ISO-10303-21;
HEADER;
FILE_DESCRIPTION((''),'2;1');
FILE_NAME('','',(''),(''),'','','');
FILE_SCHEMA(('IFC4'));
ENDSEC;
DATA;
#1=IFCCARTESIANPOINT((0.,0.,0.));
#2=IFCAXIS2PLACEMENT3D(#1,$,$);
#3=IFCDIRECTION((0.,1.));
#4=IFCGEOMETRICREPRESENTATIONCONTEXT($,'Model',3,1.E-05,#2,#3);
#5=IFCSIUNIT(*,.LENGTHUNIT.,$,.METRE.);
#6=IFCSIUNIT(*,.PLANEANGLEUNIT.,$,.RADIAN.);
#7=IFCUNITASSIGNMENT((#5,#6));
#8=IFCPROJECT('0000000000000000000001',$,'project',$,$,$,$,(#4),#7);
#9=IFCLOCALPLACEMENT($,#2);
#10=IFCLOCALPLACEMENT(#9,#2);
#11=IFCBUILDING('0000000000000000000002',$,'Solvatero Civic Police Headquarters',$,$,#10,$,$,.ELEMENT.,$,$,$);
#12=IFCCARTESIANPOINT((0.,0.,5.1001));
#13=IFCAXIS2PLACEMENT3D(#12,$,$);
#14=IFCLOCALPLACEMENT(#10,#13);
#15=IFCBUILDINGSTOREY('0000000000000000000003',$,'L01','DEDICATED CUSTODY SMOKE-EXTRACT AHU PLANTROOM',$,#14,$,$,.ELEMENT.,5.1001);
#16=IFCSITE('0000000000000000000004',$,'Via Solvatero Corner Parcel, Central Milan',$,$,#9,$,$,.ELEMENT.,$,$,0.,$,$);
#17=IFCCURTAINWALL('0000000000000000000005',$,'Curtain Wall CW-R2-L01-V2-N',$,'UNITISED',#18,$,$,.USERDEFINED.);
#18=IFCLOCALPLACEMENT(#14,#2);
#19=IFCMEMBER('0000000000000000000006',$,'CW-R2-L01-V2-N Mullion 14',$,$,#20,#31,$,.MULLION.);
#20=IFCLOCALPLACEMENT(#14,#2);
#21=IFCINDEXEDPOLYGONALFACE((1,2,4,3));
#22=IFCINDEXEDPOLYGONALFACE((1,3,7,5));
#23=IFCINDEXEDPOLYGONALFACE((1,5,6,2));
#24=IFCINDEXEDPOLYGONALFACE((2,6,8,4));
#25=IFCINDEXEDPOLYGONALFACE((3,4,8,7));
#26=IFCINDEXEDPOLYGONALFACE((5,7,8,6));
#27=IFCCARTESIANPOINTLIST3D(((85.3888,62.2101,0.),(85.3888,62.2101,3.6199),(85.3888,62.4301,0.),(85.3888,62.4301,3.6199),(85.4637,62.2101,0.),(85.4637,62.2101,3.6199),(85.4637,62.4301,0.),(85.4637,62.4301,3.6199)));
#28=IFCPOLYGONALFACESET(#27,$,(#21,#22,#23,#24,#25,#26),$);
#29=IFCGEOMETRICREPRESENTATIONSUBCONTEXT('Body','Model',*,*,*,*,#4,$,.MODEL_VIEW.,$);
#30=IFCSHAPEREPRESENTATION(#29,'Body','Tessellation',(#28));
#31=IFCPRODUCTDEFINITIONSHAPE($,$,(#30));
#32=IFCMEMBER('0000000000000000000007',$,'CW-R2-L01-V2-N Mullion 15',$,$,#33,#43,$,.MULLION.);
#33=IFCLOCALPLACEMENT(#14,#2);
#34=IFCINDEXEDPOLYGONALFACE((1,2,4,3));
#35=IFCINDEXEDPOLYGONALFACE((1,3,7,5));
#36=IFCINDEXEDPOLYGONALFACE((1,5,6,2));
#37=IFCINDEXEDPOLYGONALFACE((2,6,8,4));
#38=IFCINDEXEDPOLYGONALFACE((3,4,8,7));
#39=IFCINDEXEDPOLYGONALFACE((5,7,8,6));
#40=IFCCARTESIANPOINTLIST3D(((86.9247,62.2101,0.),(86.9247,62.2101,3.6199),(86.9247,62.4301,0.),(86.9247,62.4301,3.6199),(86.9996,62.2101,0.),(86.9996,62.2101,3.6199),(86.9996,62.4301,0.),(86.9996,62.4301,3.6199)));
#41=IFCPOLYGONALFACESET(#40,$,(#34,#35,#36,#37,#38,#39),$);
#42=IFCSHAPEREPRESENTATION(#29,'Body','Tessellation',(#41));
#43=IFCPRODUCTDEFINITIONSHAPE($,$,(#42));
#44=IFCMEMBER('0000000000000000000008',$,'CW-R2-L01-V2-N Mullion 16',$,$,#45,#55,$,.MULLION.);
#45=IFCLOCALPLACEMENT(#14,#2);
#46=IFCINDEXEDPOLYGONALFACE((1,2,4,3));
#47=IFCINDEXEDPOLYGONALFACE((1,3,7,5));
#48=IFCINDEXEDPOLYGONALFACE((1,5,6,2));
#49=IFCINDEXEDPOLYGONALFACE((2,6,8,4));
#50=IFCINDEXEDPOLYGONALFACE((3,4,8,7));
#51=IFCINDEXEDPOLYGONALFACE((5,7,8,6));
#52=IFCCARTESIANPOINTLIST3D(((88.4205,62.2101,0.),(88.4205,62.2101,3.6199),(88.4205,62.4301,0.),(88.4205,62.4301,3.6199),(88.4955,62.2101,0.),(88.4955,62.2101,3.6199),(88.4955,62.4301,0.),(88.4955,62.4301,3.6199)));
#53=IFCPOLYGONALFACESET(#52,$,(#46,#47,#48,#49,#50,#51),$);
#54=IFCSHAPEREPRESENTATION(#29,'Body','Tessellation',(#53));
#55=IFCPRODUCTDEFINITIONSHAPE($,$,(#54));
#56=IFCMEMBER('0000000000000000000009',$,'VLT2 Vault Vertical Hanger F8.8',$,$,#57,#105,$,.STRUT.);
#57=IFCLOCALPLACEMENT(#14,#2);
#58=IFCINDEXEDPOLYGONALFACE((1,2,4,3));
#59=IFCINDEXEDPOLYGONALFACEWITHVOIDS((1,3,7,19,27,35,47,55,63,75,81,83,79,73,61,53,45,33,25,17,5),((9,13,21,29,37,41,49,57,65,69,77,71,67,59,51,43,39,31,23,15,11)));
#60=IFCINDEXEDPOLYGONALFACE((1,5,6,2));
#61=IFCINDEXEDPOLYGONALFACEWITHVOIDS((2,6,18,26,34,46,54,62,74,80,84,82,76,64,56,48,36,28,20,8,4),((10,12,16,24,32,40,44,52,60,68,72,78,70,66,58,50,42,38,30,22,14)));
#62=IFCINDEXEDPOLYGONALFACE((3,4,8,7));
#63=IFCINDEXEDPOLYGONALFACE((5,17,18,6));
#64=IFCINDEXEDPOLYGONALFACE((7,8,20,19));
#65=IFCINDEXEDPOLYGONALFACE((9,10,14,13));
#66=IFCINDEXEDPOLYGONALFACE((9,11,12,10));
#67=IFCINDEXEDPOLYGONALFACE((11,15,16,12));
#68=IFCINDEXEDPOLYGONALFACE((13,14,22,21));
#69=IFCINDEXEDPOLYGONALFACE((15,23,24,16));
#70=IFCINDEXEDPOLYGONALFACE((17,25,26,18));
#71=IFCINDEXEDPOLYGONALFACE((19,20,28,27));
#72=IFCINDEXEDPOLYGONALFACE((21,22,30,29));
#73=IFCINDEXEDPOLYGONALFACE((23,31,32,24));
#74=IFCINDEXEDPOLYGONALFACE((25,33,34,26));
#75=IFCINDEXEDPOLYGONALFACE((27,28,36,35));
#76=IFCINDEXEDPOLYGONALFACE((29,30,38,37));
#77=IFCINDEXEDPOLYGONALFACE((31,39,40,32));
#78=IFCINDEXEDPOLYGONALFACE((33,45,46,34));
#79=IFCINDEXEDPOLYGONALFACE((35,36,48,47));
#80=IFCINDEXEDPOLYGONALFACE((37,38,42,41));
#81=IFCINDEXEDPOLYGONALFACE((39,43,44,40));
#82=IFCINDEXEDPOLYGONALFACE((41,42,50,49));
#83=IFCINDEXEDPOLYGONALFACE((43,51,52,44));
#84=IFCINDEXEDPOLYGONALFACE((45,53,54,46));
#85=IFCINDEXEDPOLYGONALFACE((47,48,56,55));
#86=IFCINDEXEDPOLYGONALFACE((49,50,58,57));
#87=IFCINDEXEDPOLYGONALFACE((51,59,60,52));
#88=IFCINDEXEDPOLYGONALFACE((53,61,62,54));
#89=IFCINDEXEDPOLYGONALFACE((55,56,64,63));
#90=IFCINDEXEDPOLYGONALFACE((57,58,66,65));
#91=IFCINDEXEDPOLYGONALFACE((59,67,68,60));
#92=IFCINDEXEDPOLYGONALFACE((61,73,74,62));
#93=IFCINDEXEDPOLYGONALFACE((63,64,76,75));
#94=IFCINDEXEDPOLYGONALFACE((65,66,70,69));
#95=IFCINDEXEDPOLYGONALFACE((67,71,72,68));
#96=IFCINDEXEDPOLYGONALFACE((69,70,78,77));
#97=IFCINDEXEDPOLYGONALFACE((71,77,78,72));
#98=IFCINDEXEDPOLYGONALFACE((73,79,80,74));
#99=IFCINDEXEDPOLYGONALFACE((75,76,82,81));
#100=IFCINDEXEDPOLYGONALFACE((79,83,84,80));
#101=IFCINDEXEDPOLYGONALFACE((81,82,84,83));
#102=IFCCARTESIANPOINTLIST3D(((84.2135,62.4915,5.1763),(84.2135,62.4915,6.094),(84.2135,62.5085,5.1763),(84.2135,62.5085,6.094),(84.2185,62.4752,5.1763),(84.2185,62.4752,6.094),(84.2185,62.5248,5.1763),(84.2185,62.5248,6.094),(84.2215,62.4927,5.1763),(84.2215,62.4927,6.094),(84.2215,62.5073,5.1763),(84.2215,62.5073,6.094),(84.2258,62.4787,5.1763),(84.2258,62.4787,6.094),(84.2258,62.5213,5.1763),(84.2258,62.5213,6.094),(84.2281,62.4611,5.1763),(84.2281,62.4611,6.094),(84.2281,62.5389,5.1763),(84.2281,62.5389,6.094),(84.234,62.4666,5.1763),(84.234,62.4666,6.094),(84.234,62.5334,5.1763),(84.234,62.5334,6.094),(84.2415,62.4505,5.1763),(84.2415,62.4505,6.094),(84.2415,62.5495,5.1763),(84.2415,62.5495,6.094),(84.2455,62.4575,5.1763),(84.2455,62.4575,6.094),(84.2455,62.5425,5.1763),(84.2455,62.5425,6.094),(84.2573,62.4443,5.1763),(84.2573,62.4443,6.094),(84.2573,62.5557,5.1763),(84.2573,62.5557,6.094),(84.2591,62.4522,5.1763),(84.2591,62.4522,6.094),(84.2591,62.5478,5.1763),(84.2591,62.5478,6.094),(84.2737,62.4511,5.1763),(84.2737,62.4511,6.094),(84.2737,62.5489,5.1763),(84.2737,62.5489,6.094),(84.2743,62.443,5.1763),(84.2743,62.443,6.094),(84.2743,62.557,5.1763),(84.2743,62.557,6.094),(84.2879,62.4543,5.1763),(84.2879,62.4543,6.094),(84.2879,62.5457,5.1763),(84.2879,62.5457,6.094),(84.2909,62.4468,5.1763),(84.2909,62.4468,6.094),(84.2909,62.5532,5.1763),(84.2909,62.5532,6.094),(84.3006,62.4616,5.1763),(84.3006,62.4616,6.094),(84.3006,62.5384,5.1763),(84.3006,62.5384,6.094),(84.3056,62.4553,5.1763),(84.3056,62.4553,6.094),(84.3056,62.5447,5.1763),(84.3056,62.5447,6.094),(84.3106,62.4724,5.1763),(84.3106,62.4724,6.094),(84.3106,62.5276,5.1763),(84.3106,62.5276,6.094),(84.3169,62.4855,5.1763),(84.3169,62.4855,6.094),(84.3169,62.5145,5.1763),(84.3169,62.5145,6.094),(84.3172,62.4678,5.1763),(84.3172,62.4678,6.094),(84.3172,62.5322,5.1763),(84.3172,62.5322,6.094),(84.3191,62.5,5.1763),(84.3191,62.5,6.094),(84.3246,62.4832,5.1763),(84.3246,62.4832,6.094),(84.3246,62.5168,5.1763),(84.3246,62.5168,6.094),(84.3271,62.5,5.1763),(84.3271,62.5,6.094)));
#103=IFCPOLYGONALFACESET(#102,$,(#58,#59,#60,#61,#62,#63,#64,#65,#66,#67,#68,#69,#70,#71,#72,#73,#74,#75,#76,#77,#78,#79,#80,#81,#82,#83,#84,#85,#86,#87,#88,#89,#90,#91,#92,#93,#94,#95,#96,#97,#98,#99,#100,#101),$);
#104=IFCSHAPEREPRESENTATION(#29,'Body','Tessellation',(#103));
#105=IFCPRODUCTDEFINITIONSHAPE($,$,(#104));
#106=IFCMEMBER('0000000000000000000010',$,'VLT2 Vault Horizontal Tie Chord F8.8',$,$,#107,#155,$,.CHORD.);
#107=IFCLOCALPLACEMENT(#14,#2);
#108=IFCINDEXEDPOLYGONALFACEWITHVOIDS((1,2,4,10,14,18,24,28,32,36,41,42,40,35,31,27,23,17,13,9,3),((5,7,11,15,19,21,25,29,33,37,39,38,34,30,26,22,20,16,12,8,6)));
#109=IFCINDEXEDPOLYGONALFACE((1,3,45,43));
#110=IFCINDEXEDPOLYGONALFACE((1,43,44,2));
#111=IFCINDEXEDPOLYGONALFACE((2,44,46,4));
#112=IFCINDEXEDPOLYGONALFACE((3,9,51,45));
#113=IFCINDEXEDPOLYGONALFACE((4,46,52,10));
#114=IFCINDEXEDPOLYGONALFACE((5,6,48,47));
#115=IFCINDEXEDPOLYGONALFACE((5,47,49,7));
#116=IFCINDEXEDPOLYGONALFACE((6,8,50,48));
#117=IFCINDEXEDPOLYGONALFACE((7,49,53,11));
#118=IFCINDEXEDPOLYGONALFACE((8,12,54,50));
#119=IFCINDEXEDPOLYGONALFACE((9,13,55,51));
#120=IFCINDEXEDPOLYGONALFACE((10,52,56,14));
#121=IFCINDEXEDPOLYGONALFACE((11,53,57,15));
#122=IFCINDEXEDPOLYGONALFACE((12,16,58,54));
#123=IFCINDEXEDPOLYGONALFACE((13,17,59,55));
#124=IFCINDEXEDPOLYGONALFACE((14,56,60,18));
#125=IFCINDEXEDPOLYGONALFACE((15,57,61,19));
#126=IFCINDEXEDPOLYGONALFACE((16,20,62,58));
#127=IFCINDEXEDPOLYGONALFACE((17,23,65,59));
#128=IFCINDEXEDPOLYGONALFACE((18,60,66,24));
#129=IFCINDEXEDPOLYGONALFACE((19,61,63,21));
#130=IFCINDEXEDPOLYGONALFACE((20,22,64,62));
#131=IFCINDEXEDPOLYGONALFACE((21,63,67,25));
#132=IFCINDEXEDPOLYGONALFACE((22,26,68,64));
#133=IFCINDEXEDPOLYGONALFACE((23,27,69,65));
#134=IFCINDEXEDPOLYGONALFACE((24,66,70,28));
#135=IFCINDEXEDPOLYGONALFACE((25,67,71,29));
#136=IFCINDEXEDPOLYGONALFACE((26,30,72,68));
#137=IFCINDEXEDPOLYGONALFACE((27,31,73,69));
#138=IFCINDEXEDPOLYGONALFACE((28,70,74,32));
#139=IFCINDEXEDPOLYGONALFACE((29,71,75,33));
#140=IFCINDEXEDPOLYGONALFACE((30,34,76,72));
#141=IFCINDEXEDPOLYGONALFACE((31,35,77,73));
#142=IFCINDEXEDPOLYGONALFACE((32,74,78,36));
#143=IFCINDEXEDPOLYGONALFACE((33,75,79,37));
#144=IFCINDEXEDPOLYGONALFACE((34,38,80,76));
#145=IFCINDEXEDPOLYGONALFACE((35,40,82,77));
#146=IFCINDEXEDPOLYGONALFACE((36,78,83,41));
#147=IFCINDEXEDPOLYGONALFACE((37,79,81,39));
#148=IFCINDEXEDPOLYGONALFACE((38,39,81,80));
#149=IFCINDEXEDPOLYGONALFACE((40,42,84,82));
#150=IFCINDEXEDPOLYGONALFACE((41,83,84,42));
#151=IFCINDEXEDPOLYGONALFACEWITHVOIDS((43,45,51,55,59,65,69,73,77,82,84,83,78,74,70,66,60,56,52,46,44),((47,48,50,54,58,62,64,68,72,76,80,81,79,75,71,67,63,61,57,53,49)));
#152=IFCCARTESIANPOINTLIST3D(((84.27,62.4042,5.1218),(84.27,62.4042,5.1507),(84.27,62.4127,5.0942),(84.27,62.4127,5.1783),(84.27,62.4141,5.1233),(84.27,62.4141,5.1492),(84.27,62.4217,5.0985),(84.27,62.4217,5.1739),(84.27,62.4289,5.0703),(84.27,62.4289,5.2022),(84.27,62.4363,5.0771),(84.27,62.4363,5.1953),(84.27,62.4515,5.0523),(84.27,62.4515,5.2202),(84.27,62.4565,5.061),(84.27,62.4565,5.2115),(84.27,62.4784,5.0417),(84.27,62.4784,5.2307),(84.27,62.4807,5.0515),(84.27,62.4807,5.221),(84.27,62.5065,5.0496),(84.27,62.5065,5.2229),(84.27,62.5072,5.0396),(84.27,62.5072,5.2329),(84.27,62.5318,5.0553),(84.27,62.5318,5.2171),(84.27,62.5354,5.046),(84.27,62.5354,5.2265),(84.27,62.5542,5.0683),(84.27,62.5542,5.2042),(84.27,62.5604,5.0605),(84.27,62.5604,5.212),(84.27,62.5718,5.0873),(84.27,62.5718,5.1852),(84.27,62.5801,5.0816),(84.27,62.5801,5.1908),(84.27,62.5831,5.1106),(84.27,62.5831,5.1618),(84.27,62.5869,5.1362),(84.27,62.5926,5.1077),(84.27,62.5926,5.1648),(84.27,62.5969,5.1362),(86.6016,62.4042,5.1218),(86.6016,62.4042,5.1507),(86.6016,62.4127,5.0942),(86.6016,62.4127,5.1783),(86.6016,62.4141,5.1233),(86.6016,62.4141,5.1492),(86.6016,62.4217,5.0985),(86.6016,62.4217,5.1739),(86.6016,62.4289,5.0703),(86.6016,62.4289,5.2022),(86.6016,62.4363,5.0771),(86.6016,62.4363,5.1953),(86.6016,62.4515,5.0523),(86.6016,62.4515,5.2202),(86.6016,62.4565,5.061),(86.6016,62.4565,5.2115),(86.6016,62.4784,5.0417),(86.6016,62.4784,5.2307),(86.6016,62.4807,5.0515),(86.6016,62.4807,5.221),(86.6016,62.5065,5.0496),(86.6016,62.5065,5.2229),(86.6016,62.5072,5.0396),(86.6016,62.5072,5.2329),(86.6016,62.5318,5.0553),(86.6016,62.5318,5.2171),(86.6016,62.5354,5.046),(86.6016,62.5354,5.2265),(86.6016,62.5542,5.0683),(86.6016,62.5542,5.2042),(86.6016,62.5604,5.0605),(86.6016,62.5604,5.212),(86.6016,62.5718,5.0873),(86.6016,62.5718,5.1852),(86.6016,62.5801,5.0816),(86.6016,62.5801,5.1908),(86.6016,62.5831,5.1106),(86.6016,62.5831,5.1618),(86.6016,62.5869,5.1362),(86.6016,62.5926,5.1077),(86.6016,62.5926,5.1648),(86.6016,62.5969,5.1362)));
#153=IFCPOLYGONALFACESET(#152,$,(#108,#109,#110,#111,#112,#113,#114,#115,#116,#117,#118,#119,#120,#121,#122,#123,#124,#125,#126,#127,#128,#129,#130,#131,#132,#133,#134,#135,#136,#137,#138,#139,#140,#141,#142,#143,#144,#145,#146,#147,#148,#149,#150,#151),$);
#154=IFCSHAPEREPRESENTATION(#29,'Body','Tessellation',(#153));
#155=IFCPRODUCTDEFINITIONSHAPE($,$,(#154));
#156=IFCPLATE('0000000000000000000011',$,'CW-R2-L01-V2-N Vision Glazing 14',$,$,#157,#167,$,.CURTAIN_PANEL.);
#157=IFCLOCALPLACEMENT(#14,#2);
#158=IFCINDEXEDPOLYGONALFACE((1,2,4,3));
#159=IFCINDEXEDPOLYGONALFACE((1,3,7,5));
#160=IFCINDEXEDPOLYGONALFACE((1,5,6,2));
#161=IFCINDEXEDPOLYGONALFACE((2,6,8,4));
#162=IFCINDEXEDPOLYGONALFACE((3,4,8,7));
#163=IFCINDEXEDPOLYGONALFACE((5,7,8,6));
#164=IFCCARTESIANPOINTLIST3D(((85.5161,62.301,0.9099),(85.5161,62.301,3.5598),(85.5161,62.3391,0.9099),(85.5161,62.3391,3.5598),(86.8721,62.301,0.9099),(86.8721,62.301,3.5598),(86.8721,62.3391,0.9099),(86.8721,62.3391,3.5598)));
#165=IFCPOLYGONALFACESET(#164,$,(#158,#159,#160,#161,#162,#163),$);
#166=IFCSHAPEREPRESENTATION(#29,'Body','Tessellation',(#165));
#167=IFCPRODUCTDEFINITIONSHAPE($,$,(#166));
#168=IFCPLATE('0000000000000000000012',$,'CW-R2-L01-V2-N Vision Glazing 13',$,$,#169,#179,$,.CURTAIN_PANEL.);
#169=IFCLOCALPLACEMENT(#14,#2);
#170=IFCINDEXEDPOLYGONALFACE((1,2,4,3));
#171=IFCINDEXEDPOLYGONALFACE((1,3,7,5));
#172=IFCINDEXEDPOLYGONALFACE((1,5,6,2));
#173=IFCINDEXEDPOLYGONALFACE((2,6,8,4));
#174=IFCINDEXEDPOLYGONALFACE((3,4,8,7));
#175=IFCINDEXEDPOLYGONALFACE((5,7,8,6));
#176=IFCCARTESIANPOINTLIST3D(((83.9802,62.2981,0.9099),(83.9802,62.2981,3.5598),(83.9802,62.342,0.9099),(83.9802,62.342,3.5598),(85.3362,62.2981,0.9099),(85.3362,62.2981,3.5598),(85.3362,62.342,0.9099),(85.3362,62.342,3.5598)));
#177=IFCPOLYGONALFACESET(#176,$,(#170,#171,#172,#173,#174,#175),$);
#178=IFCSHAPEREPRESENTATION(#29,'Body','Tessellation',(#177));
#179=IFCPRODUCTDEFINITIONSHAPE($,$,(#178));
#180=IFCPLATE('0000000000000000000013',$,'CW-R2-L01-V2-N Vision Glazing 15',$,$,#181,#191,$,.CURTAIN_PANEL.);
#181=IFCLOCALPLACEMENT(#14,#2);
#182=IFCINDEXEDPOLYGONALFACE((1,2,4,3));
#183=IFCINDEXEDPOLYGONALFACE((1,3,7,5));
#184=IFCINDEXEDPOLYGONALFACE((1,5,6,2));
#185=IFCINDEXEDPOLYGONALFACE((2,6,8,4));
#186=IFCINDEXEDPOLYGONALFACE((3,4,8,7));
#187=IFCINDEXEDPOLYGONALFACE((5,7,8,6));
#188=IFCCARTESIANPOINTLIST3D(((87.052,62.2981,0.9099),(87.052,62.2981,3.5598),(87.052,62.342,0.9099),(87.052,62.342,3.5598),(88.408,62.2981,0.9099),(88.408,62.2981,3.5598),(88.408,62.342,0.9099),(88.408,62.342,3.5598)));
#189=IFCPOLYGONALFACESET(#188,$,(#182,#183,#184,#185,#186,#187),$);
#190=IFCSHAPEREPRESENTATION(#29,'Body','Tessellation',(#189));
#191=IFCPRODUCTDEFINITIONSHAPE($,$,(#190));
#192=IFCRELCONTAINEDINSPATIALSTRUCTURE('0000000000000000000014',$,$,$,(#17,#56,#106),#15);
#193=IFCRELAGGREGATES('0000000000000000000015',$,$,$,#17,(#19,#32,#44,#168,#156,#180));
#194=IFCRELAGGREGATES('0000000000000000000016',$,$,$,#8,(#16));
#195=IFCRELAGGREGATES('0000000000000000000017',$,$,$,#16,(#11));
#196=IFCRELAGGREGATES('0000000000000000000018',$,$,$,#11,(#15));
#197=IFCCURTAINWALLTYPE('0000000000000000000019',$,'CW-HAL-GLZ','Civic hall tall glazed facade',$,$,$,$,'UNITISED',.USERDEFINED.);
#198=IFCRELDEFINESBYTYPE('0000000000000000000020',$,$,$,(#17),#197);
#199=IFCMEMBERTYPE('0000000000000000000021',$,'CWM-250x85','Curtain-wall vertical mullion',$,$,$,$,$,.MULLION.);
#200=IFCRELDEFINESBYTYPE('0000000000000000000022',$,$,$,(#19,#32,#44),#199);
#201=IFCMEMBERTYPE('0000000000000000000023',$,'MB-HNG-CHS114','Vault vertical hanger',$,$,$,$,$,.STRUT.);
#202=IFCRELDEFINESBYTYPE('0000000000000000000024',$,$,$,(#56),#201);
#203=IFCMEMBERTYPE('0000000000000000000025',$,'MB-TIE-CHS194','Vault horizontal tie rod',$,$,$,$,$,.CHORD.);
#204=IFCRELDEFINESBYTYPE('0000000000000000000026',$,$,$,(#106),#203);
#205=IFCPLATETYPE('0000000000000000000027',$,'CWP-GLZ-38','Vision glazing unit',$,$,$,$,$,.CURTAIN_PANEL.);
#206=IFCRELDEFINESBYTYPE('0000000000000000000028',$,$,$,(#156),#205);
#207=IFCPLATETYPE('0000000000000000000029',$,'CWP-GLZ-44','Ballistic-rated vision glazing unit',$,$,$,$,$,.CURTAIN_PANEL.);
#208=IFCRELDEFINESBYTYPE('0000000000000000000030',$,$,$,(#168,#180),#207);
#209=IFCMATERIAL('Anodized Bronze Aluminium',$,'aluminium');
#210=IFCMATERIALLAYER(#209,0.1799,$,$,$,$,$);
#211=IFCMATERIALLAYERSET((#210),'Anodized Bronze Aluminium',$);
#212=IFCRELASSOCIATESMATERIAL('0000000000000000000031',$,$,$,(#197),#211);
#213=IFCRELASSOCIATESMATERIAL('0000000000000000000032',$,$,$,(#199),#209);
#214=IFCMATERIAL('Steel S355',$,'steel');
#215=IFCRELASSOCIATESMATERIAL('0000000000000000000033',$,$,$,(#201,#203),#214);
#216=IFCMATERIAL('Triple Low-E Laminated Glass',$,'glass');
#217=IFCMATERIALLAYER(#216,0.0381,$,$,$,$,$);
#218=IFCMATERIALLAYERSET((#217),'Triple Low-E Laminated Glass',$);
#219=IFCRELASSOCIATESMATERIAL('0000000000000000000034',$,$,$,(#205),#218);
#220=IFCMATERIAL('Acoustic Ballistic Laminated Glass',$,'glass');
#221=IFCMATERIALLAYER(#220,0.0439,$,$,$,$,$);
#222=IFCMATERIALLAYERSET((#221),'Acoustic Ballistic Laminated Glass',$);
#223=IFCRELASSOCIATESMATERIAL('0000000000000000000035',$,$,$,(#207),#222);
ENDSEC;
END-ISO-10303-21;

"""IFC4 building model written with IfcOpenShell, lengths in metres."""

from ifc_helpers import new_model, si_unit, direction, frame, origin, origin_2d, place, context, subcontext, project, spatial, rectangle, hollow_circle, extrude, material, layer, layer_set, material_profile, profile_set, type_object, element, aggregate, save


model = new_model("IFC4")

# Units and contexts
model_context = context("Model", 3, precision=1e-05, world=origin(), true_north=direction((0.0, 1.0)))
body_context = subcontext(model_context, "Body", "Model", "MODEL_VIEW")
ifc_project = project(units=[si_unit("LENGTHUNIT", "METRE"), si_unit("PLANEANGLEUNIT", "RADIAN")], contexts=[model_context])

# Site, building, storey
site_placement = place(None, origin())
site = spatial("IfcSite", under=ifc_project, at=site_placement, Name="Via Solvatero Corner Parcel, Central Milan", CompositionType="ELEMENT", RefElevation=0.0)
building_placement = place(site_placement, origin())
building = spatial("IfcBuilding", under=site, at=building_placement, Name="Solvatero Civic Police Headquarters", CompositionType="ELEMENT")
storey_placement = place(building_placement, frame((0.0, 0.0, 5.1001)))
storey = spatial("IfcBuildingStorey", under=building, at=storey_placement, Name="L01", Description="DEDICATED CUSTODY SMOKE-EXTRACT AHU PLANTROOM", CompositionType="ELEMENT", Elevation=5.1001)

# Shared definitions
ifc_material_1 = material(Name="Steel S355", Category="steel")

# Shared definitions
ifc_material_2 = material(Name="Anodized Bronze Aluminium", Category="aluminium")

# Curtain wall, members
ifc_layer_1 = layer(ifc_material_2, 0.1799)
ifc_layer_set_1 = layer_set([ifc_layer_1], Name="Anodized Bronze Aluminium")
curtain_wall_type_1 = type_object("IfcCurtainWallType", Name="CW-HAL-GLZ", Description="Civic hall tall glazed facade", ElementType="UNITISED", PredefinedType="USERDEFINED", material=ifc_layer_set_1)
curtain_wall_1_placement = place(storey_placement, origin())
curtain_wall_1 = element("IfcCurtainWall", 1, at=curtain_wall_1_placement, inside=storey, type_object=curtain_wall_type_1, Name="Curtain Wall CW-R2-L01-V2-N", ObjectType="UNITISED", PredefinedType="USERDEFINED")
ifc_material_profile_1 = material_profile(ifc_material_2, rectangle(XDim=0.075, YDim=0.22, at=origin_2d()), Name="ALU MULLION 75x220")
ifc_profile_set_1 = profile_set([ifc_material_profile_1], Name="Anodized Bronze Aluminium")
member_type_1 = type_object("IfcMemberType", Name="CWM-250x85", Description="Curtain-wall vertical mullion", PredefinedType="MULLION", material=ifc_profile_set_1)
member_1_placement = place(storey_placement, frame((85.4263, 62.3201, 0.0), z_axis=(0.0, 0.0, 1.0), x_axis=(1.0, 0.0, 0.0)))
member_1 = element("IfcMember", 2, at=member_1_placement, type_object=member_type_1, Name="CW-R2-L01-V2-N Mullion 14", PredefinedType="MULLION", context=body_context, shape_type="SweptSolid", body=[
    extrude(rectangle(XDim=0.075, YDim=0.22, at=origin_2d()), origin(), (0.0, 0.0, 1.0), 3.6199),
])
member_2_placement = place(storey_placement, frame((86.9622, 62.3201, 0.0), z_axis=(0.0, 0.0, 1.0), x_axis=(1.0, 0.0, 0.0)))
member_2 = element("IfcMember", 3, at=member_2_placement, type_object=member_type_1, Name="CW-R2-L01-V2-N Mullion 15", PredefinedType="MULLION", context=body_context, shape_type="SweptSolid", body=[
    extrude(rectangle(XDim=0.075, YDim=0.22, at=origin_2d()), origin(), (0.0, 0.0, 1.0), 3.6199),
])
member_3_placement = place(storey_placement, frame((88.458, 62.3201, 0.0), z_axis=(0.0, 0.0, 1.0), x_axis=(1.0, 0.0, 0.0)))
member_3 = element("IfcMember", 4, at=member_3_placement, type_object=member_type_1, Name="CW-R2-L01-V2-N Mullion 16", PredefinedType="MULLION", context=body_context, shape_type="SweptSolid", body=[
    extrude(rectangle(XDim=0.075, YDim=0.22, at=origin_2d()), origin(), (0.0, 0.0, 1.0), 3.6199),
])

# Members
ifc_material_profile_2 = material_profile(ifc_material_1, hollow_circle(Radius=0.0571, WallThickness=0.0081, at=origin_2d()), Name="CHS 114.3x8.0")
ifc_profile_set_2 = profile_set([ifc_material_profile_2], Name="Steel S355")
member_type_2 = type_object("IfcMemberType", Name="MB-HNG-CHS114", Description="Vault vertical hanger", PredefinedType="STRUT", material=ifc_profile_set_2)
member_4_placement = place(storey_placement, frame((84.27, 62.5, 5.1763), z_axis=(0.0, 0.0, 1.0), x_axis=(1.0, 0.0, 0.0)))
element("IfcMember", 5, at=member_4_placement, inside=storey, type_object=member_type_2, Name="VLT2 Vault Vertical Hanger F8.8", PredefinedType="STRUT", context=body_context, shape_type="SweptSolid", body=[
    extrude(hollow_circle(Radius=0.0571, WallThickness=0.0081, at=origin_2d()), origin(), (0.0, 0.0, 1.0), 0.9177),
])
ifc_material_profile_3 = material_profile(ifc_material_1, hollow_circle(Radius=0.0969, WallThickness=0.01, at=origin_2d()), Name="CHS 193.7x10.0")
ifc_profile_set_3 = profile_set([ifc_material_profile_3], Name="Steel S355")
member_type_3 = type_object("IfcMemberType", Name="MB-TIE-CHS194", Description="Vault horizontal tie rod", PredefinedType="CHORD", material=ifc_profile_set_3)
member_5_placement = place(storey_placement, frame((84.27, 62.5, 5.1362), z_axis=(1.0, 0.0, 0.0), x_axis=(0.0, 1.0, 0.0)))
element("IfcMember", 6, at=member_5_placement, inside=storey, type_object=member_type_3, Name="VLT2 Vault Horizontal Tie Chord F8.8", PredefinedType="CHORD", context=body_context, shape_type="SweptSolid", body=[
    extrude(hollow_circle(Radius=0.0969, WallThickness=0.01, at=origin_2d()), origin(), (0.0, 0.0, 1.0), 2.3315),
])

# Plates
ifc_material_3 = material(Name="Triple Low-E Laminated Glass", Category="glass")
ifc_layer_2 = layer(ifc_material_3, 0.0381)
ifc_layer_set_2 = layer_set([ifc_layer_2], Name="Triple Low-E Laminated Glass")
plate_type_1 = type_object("IfcPlateType", Name="CWP-GLZ-38", Description="Vision glazing unit", PredefinedType="CURTAIN_PANEL", material=ifc_layer_set_2)
plate_1_placement = place(storey_placement, frame((86.1941, 62.3201, 0.9099), z_axis=(0.0, 0.0, 1.0), x_axis=(1.0, 0.0, 0.0)))
plate_1 = element("IfcPlate", 7, at=plate_1_placement, type_object=plate_type_1, Name="CW-R2-L01-V2-N Vision Glazing 14", PredefinedType="CURTAIN_PANEL", context=body_context, shape_type="SweptSolid", body=[
    extrude(rectangle(XDim=1.356, YDim=0.0381, at=origin_2d()), origin(), (0.0, 0.0, 1.0), 2.6499),
])
ifc_material_4 = material(Name="Acoustic Ballistic Laminated Glass", Category="glass")
ifc_layer_3 = layer(ifc_material_4, 0.0439)
ifc_layer_set_3 = layer_set([ifc_layer_3], Name="Acoustic Ballistic Laminated Glass")
plate_type_2 = type_object("IfcPlateType", Name="CWP-GLZ-44", Description="Ballistic-rated vision glazing unit", PredefinedType="CURTAIN_PANEL", material=ifc_layer_set_3)
plate_2_placement = place(storey_placement, frame((84.6582, 62.3201, 0.9099), z_axis=(0.0, 0.0, 1.0), x_axis=(1.0, 0.0, 0.0)))
plate_2 = element("IfcPlate", 8, at=plate_2_placement, type_object=plate_type_2, Name="CW-R2-L01-V2-N Vision Glazing 13", PredefinedType="CURTAIN_PANEL", context=body_context, shape_type="SweptSolid", body=[
    extrude(rectangle(XDim=1.356, YDim=0.0439, at=origin_2d()), origin(), (0.0, 0.0, 1.0), 2.6499),
])
plate_3_placement = place(storey_placement, frame((87.73, 62.3201, 0.9099), z_axis=(0.0, 0.0, 1.0), x_axis=(1.0, 0.0, 0.0)))
plate_3 = element("IfcPlate", 9, at=plate_3_placement, type_object=plate_type_2, Name="CW-R2-L01-V2-N Vision Glazing 15", PredefinedType="CURTAIN_PANEL", context=body_context, shape_type="SweptSolid", body=[
    extrude(rectangle(XDim=1.356, YDim=0.0439, at=origin_2d()), origin(), (0.0, 0.0, 1.0), 2.6499),
])
aggregate(curtain_wall_1, [member_1, member_2, member_3, plate_2, plate_1, plate_3])

save(model, "model.ifc")
